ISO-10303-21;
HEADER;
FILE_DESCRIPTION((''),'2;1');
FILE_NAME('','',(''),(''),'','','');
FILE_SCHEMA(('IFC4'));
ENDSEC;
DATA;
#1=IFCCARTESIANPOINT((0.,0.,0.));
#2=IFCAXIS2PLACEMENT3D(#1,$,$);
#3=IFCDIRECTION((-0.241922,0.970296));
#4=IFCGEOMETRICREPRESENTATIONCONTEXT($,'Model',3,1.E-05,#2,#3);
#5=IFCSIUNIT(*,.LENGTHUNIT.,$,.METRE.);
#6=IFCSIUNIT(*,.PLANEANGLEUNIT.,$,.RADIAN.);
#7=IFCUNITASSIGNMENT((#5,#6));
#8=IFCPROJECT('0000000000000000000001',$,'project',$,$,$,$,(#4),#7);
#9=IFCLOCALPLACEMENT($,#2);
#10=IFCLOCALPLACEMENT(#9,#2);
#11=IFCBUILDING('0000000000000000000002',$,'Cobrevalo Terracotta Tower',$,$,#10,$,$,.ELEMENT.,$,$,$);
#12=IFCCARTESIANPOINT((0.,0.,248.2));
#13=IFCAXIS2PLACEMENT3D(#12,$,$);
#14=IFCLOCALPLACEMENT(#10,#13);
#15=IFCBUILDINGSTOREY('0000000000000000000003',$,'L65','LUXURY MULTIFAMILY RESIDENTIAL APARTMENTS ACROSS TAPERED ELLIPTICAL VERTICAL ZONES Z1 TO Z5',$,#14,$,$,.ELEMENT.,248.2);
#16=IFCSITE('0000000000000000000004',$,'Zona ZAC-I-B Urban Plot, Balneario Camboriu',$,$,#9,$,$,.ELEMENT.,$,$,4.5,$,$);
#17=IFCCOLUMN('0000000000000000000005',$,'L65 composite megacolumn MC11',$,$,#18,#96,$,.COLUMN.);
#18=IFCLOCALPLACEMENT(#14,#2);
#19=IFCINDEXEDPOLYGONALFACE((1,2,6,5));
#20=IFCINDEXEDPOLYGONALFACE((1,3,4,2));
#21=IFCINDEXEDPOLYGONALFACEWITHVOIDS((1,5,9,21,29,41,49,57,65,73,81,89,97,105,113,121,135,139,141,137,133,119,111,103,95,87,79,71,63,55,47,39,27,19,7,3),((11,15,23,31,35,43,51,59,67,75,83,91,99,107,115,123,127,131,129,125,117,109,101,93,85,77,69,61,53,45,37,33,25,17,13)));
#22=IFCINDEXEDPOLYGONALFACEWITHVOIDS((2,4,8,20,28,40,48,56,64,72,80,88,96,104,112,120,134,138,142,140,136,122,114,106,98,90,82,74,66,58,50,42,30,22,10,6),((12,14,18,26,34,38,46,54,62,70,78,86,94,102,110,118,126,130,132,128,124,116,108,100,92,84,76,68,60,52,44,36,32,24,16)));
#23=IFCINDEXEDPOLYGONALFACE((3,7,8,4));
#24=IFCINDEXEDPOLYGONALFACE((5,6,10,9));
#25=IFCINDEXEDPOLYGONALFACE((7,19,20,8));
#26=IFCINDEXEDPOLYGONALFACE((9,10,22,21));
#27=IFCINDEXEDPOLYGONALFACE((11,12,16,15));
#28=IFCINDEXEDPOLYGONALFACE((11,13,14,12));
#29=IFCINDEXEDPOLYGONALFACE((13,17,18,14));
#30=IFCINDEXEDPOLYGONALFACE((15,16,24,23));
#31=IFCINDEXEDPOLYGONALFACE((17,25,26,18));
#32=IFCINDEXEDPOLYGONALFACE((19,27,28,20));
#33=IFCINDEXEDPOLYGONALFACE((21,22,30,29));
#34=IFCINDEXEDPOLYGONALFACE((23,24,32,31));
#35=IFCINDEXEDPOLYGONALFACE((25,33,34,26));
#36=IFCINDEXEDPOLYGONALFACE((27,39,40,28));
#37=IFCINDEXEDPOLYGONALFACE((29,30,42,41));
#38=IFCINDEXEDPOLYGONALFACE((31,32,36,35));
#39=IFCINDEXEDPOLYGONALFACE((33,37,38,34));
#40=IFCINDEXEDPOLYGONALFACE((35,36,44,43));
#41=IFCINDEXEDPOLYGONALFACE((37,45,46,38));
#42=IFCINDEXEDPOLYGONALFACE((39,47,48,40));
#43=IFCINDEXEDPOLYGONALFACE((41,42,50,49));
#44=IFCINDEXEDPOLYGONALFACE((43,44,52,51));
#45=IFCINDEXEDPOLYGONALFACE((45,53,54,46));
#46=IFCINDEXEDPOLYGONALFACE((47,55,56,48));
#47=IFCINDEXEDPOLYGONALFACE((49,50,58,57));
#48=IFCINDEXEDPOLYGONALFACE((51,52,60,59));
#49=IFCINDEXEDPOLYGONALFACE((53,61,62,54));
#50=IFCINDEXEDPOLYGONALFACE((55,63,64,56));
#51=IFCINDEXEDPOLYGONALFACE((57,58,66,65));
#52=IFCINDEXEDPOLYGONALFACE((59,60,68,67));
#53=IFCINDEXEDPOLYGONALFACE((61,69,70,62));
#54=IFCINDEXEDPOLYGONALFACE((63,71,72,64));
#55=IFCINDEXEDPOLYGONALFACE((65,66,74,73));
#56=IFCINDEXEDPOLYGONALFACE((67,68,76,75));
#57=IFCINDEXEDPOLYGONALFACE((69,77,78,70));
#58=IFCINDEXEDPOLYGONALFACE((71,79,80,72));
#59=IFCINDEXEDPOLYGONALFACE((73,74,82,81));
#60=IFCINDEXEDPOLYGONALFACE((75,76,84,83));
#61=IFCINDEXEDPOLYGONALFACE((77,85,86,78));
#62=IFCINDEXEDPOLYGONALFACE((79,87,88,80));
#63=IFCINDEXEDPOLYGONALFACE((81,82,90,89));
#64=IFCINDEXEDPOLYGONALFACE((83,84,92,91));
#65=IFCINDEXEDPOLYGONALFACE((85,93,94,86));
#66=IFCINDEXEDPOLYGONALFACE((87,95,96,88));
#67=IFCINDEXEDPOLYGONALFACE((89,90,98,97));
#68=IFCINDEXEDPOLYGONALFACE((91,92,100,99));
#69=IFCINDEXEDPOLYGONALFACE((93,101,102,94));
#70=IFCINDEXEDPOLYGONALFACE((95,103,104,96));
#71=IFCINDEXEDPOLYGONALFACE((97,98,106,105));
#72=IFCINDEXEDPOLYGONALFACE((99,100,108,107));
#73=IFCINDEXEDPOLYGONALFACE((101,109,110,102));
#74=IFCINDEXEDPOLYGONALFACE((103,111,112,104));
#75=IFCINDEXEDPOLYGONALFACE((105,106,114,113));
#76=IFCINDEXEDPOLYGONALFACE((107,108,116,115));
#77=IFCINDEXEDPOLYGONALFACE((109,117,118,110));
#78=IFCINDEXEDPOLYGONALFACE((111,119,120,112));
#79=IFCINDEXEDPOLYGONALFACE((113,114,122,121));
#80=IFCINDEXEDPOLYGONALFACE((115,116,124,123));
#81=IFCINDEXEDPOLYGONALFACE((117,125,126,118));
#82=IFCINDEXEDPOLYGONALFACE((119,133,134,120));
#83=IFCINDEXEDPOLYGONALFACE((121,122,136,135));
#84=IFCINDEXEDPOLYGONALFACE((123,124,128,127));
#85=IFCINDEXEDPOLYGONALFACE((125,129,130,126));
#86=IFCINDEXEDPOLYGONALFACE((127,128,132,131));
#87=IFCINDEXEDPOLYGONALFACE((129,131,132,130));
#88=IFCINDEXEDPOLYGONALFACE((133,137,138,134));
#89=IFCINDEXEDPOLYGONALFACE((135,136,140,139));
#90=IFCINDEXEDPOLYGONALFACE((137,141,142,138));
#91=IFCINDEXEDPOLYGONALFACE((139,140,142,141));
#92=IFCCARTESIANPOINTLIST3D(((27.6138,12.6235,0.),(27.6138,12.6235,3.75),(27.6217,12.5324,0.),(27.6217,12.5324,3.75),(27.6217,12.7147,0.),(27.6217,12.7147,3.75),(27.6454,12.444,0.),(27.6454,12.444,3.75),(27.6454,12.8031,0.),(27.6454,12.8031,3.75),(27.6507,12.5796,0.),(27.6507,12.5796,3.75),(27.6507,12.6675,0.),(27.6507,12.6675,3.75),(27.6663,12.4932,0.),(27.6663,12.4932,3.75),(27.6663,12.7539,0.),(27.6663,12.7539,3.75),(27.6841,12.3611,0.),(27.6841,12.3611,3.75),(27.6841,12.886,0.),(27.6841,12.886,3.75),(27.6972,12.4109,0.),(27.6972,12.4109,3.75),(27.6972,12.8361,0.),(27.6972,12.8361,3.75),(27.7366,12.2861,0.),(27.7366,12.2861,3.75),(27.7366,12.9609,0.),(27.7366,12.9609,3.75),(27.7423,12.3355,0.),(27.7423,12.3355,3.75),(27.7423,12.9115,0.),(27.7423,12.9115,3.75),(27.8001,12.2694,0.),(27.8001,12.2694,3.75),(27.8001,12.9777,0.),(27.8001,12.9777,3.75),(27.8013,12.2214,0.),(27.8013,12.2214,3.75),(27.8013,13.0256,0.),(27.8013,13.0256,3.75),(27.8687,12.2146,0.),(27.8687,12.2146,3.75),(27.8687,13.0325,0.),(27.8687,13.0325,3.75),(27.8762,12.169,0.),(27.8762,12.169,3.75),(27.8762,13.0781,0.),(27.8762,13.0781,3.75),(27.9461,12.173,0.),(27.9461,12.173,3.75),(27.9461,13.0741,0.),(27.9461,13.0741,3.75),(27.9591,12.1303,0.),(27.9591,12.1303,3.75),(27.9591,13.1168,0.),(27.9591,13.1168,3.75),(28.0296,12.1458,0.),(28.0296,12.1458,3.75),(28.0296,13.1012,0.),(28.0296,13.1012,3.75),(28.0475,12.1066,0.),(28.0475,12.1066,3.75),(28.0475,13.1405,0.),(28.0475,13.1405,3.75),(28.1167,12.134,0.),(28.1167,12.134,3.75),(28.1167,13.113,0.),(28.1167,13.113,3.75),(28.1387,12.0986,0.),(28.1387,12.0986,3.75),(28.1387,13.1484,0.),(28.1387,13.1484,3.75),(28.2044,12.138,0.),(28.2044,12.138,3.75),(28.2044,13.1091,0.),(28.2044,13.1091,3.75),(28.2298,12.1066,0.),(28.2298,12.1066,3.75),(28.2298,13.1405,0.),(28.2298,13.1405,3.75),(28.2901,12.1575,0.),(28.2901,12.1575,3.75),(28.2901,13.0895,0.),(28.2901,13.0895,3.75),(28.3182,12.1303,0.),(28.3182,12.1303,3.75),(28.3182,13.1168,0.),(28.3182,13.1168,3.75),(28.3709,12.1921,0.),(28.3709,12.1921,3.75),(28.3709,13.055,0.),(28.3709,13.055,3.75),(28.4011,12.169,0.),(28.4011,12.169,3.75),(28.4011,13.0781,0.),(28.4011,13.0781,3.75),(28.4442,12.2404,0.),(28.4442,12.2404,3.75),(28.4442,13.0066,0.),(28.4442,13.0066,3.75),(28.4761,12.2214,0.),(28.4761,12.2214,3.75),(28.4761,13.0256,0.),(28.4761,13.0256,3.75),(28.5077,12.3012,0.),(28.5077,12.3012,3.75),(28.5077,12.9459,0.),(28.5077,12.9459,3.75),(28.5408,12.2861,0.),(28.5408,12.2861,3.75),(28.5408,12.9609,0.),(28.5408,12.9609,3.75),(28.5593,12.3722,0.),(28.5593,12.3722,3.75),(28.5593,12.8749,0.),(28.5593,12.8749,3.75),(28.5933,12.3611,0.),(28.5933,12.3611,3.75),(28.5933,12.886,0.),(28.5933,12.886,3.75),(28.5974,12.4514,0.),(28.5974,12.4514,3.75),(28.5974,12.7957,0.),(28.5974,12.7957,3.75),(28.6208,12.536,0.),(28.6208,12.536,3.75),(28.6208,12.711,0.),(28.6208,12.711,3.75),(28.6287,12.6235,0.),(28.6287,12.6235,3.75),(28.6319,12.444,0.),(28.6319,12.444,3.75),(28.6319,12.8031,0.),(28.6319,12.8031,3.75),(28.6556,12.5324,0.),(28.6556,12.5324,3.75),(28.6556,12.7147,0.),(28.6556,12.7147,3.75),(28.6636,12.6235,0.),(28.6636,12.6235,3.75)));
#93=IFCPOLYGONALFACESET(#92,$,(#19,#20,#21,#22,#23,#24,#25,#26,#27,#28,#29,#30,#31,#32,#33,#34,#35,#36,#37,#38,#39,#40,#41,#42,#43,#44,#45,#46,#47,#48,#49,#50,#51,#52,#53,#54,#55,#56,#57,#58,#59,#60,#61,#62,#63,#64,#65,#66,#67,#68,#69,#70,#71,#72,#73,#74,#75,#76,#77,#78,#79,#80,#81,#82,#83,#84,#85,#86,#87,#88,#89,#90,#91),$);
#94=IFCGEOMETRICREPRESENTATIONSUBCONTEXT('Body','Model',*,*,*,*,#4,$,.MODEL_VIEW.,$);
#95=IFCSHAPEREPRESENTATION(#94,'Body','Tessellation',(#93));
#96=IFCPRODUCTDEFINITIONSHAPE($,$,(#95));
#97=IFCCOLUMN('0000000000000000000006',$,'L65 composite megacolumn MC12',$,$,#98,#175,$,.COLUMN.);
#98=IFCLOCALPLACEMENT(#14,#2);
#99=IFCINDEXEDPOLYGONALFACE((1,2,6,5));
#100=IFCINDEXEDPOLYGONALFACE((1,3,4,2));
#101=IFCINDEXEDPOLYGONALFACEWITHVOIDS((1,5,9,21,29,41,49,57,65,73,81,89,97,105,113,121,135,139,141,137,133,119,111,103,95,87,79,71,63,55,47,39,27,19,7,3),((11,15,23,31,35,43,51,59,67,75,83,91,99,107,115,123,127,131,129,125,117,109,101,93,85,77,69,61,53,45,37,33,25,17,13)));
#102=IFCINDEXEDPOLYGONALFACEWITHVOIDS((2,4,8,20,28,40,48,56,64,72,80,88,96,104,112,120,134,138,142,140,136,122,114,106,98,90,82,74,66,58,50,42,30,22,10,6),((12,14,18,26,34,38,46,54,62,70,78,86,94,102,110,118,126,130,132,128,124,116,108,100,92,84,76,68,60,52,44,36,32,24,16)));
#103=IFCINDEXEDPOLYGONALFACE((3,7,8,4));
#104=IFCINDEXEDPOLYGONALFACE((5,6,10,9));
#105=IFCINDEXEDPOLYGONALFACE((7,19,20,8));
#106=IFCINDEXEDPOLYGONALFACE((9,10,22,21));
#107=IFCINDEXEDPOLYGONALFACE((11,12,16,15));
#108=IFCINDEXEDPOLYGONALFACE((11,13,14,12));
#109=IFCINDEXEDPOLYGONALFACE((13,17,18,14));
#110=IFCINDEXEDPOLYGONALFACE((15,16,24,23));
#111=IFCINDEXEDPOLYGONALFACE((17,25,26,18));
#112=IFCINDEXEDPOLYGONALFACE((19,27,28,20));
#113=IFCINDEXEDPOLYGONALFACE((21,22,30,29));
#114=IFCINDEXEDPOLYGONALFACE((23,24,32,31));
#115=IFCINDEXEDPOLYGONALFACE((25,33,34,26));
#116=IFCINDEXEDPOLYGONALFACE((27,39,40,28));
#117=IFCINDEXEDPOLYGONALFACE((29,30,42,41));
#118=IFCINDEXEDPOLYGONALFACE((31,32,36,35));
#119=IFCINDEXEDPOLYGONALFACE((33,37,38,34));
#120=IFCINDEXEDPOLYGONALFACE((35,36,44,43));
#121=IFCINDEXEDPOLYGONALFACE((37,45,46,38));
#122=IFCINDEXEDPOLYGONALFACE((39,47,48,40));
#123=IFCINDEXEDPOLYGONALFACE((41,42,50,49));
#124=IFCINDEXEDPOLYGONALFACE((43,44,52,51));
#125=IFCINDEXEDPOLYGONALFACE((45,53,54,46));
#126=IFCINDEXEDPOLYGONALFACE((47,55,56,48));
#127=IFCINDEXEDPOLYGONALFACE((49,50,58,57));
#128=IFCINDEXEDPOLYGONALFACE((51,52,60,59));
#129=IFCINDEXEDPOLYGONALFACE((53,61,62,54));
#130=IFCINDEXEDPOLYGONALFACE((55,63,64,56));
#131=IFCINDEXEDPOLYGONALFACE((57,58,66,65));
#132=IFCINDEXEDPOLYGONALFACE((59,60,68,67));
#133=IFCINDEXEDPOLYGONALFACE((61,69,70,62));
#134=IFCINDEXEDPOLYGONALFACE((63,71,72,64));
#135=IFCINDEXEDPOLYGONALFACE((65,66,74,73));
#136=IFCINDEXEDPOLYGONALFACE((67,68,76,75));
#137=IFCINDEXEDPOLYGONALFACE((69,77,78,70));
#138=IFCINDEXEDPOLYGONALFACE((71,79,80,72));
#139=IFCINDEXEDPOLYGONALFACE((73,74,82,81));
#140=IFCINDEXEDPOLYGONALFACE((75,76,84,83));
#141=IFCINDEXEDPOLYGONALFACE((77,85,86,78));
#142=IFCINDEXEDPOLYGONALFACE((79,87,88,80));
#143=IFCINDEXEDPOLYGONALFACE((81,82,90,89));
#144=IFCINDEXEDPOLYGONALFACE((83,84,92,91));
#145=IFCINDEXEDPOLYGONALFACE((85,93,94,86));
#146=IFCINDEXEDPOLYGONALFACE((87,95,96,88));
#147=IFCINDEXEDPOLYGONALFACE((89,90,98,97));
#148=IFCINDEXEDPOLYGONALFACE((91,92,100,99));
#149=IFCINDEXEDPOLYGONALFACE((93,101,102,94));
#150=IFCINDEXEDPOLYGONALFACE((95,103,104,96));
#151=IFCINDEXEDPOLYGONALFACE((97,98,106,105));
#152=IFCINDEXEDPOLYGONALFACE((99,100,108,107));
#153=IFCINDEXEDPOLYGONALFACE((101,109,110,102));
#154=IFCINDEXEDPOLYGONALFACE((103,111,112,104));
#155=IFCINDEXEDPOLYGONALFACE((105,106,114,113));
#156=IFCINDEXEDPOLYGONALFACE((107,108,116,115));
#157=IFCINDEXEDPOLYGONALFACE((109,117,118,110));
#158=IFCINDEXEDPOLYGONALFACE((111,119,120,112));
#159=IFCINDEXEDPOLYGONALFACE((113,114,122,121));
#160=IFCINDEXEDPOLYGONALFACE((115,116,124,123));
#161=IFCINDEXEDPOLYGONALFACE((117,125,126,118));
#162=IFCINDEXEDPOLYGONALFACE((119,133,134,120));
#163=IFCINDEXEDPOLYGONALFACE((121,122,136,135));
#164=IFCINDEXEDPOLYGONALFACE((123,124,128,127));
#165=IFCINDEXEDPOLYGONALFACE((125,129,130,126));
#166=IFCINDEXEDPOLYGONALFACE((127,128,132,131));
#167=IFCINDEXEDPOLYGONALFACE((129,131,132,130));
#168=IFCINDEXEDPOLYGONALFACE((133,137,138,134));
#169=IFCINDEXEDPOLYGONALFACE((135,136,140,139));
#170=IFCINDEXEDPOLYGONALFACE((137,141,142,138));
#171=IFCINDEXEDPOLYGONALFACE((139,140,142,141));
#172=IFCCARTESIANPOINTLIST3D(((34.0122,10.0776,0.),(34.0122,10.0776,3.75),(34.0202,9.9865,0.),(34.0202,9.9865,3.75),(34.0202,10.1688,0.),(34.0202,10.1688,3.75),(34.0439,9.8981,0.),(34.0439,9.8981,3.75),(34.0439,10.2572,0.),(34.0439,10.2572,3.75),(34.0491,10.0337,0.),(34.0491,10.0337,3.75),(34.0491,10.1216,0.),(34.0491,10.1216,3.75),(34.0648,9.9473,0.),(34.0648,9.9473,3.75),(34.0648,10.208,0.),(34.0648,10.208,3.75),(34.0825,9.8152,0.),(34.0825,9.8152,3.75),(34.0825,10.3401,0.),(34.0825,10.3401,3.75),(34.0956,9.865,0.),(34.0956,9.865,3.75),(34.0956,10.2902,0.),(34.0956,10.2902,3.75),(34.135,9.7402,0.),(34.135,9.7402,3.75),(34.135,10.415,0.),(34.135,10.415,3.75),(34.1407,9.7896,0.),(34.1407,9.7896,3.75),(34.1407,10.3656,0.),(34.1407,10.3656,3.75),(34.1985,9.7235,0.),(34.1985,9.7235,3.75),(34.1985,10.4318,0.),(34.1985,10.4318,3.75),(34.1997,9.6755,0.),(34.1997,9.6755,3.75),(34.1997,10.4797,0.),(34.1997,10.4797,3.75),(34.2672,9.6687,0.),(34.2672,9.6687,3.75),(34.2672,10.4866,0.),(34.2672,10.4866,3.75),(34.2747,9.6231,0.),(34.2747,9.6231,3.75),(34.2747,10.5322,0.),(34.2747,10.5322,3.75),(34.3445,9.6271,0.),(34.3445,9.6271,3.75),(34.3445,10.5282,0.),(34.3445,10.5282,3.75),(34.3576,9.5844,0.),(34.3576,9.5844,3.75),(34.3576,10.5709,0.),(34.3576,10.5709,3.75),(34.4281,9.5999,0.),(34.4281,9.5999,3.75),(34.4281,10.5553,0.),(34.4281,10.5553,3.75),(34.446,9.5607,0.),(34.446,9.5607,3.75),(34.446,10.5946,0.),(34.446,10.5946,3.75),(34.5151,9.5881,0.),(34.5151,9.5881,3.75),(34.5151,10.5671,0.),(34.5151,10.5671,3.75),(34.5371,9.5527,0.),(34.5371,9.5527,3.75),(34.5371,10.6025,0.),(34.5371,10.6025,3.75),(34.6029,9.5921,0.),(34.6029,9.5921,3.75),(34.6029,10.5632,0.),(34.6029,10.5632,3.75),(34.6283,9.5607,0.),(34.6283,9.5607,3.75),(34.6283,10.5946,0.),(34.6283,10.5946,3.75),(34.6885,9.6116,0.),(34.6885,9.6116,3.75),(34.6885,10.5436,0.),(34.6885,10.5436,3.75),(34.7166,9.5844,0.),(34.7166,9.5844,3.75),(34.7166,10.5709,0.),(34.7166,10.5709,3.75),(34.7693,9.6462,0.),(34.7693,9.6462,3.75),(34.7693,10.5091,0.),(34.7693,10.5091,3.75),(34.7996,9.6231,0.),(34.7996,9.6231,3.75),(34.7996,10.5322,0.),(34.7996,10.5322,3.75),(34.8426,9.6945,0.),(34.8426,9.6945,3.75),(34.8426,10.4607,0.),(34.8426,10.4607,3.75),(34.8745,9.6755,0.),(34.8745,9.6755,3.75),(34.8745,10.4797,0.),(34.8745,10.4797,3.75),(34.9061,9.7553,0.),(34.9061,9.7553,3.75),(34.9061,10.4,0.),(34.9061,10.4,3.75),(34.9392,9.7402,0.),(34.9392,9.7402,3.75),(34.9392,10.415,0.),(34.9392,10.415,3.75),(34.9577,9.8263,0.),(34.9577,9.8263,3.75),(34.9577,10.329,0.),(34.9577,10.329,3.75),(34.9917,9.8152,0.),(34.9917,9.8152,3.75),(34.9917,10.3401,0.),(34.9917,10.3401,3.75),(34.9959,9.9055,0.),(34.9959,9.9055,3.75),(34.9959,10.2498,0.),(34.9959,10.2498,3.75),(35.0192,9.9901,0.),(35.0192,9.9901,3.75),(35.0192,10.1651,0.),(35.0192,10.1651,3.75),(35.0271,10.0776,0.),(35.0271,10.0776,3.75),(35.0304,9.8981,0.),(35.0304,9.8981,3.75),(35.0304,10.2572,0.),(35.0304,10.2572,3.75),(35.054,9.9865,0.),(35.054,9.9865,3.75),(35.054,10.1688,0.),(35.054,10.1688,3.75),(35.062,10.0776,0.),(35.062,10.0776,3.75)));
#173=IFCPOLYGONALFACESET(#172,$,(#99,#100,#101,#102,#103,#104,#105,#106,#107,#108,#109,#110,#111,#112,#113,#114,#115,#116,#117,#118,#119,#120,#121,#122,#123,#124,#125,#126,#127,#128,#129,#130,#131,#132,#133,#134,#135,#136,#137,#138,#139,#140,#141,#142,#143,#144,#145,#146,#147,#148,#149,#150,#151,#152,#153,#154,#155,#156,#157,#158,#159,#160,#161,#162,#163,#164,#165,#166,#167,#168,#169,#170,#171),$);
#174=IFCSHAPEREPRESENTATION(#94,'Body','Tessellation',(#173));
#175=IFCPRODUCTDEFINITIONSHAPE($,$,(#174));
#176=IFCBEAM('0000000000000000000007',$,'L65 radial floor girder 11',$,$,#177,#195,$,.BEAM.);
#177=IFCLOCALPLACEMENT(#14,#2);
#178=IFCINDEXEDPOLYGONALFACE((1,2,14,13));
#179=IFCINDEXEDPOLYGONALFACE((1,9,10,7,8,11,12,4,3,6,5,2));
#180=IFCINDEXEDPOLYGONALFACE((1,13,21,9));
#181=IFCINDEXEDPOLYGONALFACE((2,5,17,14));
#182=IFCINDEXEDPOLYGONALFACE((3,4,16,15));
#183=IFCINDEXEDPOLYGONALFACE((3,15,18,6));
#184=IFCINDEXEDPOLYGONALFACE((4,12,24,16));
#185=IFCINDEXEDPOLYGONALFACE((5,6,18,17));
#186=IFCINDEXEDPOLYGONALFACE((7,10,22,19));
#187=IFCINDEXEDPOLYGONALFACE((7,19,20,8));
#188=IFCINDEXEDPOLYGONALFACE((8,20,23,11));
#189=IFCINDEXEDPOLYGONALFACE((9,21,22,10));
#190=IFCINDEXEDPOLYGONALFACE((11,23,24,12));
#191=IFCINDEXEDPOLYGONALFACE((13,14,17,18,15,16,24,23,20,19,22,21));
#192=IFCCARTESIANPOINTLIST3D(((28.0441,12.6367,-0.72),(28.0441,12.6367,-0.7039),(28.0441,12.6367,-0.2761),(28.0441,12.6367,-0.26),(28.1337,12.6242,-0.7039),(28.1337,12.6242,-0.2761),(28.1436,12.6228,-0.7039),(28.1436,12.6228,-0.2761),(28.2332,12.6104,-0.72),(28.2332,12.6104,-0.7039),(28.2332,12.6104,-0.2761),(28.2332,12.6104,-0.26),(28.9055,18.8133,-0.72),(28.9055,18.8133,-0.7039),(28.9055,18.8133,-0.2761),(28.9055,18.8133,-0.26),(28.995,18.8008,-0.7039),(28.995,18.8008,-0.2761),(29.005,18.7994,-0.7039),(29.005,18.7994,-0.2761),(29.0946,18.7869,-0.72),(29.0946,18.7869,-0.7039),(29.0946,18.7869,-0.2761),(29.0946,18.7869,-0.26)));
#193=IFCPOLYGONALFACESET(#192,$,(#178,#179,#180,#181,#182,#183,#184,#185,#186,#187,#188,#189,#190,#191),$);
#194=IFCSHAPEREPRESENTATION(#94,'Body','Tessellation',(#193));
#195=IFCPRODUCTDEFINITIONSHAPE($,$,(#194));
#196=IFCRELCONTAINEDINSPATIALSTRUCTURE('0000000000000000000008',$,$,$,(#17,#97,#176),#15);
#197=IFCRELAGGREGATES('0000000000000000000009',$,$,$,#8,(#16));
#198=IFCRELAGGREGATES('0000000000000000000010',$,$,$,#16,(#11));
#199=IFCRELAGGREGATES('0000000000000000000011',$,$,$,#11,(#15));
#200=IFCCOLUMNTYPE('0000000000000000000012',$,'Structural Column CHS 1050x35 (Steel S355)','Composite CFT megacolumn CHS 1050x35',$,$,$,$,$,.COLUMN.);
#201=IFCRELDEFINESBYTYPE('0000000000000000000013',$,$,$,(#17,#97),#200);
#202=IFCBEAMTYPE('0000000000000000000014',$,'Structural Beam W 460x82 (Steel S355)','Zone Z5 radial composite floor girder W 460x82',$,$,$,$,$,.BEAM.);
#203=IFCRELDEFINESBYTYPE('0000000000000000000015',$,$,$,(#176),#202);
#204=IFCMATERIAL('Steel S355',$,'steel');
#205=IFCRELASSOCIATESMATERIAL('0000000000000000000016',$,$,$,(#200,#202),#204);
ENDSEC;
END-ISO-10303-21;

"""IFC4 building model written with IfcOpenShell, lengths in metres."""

from ifc_helpers import new_model, si_unit, direction, frame, origin, origin_2d, place, context, subcontext, project, spatial, hollow_circle, i_section, extrude, material, material_profile, profile_set, type_object, element, save


model = new_model("IFC4")

# Units and contexts
model_context = context("Model", 3, precision=1e-05, world=origin(), true_north=direction((-0.241922, 0.970296)))
body_context = subcontext(model_context, "Body", "Model", "MODEL_VIEW")
ifc_project = project(units=[si_unit("LENGTHUNIT", "METRE"), si_unit("PLANEANGLEUNIT", "RADIAN")], contexts=[model_context])

# Site, building, storey
site_placement = place(None, origin())
site = spatial("IfcSite", under=ifc_project, at=site_placement, Name="Zona ZAC-I-B Urban Plot, Balneario Camboriu", CompositionType="ELEMENT", RefElevation=4.5)
building_placement = place(site_placement, origin())
building = spatial("IfcBuilding", under=site, at=building_placement, Name="Cobrevalo Terracotta Tower", CompositionType="ELEMENT")
storey_placement = place(building_placement, frame((0.0, 0.0, 248.2)))
storey = spatial("IfcBuildingStorey", under=building, at=storey_placement, Name="L65", Description="LUXURY MULTIFAMILY RESIDENTIAL APARTMENTS ACROSS TAPERED ELLIPTICAL VERTICAL ZONES Z1 TO Z5", CompositionType="ELEMENT", Elevation=248.2)

# Columns
ifc_material_1 = material(Name="Steel S355", Category="steel")
ifc_material_profile_1 = material_profile(ifc_material_1, hollow_circle(Radius=0.5249, WallThickness=0.0349, at=origin_2d()), Name="CHS 1050x35")
ifc_profile_set_1 = profile_set([ifc_material_profile_1], Name="Steel S355")
column_type = type_object("IfcColumnType", Name="Structural Column CHS 1050x35 (Steel S355)", Description="Composite CFT megacolumn CHS 1050x35", PredefinedType="COLUMN", material=ifc_profile_set_1)
for number, where, z_axis, x_axis, name in (
    (1, (28.1387, 12.6235, 0.0), (0.0, 0.0, 1.0), (1.0, 0.0, 0.0), "L65 composite megacolumn MC11"),
    (2, (34.5371, 10.0776, 0.0), (0.0, 0.0, 1.0), (1.0, 0.0, 0.0), "L65 composite megacolumn MC12"),
):
    element("IfcColumn", number, at=place(storey_placement, frame(where, z_axis=z_axis, x_axis=x_axis)), inside=storey, type_object=column_type, Name=name, PredefinedType="COLUMN", context=body_context, shape_type="SweptSolid", body=[
        extrude(hollow_circle(Radius=0.5249, WallThickness=0.0349, at=origin_2d()), origin(), (0.0, 0.0, 1.0), 3.75),
    ])

# Beam
ifc_material_profile_2 = material_profile(ifc_material_1, i_section(OverallWidth=0.1909, OverallDepth=0.46, WebThickness=0.01, FlangeThickness=0.0161, at=origin_2d()), Name="W 460x82")
ifc_profile_set_2 = profile_set([ifc_material_profile_2], Name="Steel S355")
beam_type_1 = type_object("IfcBeamType", Name="Structural Beam W 460x82 (Steel S355)", Description="Zone Z5 radial composite floor girder W 460x82", PredefinedType="BEAM", material=ifc_profile_set_2)
beam_1_placement = place(storey_placement, frame((28.1387, 12.6235, -0.49), z_axis=(0.138116, 0.990416, 0.0), x_axis=(-0.990416, 0.138116, 0.0)))
element("IfcBeam", 3, at=beam_1_placement, inside=storey, type_object=beam_type_1, Name="L65 radial floor girder 11", PredefinedType="BEAM", context=body_context, shape_type="SweptSolid", body=[
    extrude(i_section(OverallWidth=0.1909, OverallDepth=0.46, WebThickness=0.01, FlangeThickness=0.0161, at=origin_2d()), origin(), (0.0, 0.0, 1.0), 6.2363),
])

save(model, "model.ifc")
